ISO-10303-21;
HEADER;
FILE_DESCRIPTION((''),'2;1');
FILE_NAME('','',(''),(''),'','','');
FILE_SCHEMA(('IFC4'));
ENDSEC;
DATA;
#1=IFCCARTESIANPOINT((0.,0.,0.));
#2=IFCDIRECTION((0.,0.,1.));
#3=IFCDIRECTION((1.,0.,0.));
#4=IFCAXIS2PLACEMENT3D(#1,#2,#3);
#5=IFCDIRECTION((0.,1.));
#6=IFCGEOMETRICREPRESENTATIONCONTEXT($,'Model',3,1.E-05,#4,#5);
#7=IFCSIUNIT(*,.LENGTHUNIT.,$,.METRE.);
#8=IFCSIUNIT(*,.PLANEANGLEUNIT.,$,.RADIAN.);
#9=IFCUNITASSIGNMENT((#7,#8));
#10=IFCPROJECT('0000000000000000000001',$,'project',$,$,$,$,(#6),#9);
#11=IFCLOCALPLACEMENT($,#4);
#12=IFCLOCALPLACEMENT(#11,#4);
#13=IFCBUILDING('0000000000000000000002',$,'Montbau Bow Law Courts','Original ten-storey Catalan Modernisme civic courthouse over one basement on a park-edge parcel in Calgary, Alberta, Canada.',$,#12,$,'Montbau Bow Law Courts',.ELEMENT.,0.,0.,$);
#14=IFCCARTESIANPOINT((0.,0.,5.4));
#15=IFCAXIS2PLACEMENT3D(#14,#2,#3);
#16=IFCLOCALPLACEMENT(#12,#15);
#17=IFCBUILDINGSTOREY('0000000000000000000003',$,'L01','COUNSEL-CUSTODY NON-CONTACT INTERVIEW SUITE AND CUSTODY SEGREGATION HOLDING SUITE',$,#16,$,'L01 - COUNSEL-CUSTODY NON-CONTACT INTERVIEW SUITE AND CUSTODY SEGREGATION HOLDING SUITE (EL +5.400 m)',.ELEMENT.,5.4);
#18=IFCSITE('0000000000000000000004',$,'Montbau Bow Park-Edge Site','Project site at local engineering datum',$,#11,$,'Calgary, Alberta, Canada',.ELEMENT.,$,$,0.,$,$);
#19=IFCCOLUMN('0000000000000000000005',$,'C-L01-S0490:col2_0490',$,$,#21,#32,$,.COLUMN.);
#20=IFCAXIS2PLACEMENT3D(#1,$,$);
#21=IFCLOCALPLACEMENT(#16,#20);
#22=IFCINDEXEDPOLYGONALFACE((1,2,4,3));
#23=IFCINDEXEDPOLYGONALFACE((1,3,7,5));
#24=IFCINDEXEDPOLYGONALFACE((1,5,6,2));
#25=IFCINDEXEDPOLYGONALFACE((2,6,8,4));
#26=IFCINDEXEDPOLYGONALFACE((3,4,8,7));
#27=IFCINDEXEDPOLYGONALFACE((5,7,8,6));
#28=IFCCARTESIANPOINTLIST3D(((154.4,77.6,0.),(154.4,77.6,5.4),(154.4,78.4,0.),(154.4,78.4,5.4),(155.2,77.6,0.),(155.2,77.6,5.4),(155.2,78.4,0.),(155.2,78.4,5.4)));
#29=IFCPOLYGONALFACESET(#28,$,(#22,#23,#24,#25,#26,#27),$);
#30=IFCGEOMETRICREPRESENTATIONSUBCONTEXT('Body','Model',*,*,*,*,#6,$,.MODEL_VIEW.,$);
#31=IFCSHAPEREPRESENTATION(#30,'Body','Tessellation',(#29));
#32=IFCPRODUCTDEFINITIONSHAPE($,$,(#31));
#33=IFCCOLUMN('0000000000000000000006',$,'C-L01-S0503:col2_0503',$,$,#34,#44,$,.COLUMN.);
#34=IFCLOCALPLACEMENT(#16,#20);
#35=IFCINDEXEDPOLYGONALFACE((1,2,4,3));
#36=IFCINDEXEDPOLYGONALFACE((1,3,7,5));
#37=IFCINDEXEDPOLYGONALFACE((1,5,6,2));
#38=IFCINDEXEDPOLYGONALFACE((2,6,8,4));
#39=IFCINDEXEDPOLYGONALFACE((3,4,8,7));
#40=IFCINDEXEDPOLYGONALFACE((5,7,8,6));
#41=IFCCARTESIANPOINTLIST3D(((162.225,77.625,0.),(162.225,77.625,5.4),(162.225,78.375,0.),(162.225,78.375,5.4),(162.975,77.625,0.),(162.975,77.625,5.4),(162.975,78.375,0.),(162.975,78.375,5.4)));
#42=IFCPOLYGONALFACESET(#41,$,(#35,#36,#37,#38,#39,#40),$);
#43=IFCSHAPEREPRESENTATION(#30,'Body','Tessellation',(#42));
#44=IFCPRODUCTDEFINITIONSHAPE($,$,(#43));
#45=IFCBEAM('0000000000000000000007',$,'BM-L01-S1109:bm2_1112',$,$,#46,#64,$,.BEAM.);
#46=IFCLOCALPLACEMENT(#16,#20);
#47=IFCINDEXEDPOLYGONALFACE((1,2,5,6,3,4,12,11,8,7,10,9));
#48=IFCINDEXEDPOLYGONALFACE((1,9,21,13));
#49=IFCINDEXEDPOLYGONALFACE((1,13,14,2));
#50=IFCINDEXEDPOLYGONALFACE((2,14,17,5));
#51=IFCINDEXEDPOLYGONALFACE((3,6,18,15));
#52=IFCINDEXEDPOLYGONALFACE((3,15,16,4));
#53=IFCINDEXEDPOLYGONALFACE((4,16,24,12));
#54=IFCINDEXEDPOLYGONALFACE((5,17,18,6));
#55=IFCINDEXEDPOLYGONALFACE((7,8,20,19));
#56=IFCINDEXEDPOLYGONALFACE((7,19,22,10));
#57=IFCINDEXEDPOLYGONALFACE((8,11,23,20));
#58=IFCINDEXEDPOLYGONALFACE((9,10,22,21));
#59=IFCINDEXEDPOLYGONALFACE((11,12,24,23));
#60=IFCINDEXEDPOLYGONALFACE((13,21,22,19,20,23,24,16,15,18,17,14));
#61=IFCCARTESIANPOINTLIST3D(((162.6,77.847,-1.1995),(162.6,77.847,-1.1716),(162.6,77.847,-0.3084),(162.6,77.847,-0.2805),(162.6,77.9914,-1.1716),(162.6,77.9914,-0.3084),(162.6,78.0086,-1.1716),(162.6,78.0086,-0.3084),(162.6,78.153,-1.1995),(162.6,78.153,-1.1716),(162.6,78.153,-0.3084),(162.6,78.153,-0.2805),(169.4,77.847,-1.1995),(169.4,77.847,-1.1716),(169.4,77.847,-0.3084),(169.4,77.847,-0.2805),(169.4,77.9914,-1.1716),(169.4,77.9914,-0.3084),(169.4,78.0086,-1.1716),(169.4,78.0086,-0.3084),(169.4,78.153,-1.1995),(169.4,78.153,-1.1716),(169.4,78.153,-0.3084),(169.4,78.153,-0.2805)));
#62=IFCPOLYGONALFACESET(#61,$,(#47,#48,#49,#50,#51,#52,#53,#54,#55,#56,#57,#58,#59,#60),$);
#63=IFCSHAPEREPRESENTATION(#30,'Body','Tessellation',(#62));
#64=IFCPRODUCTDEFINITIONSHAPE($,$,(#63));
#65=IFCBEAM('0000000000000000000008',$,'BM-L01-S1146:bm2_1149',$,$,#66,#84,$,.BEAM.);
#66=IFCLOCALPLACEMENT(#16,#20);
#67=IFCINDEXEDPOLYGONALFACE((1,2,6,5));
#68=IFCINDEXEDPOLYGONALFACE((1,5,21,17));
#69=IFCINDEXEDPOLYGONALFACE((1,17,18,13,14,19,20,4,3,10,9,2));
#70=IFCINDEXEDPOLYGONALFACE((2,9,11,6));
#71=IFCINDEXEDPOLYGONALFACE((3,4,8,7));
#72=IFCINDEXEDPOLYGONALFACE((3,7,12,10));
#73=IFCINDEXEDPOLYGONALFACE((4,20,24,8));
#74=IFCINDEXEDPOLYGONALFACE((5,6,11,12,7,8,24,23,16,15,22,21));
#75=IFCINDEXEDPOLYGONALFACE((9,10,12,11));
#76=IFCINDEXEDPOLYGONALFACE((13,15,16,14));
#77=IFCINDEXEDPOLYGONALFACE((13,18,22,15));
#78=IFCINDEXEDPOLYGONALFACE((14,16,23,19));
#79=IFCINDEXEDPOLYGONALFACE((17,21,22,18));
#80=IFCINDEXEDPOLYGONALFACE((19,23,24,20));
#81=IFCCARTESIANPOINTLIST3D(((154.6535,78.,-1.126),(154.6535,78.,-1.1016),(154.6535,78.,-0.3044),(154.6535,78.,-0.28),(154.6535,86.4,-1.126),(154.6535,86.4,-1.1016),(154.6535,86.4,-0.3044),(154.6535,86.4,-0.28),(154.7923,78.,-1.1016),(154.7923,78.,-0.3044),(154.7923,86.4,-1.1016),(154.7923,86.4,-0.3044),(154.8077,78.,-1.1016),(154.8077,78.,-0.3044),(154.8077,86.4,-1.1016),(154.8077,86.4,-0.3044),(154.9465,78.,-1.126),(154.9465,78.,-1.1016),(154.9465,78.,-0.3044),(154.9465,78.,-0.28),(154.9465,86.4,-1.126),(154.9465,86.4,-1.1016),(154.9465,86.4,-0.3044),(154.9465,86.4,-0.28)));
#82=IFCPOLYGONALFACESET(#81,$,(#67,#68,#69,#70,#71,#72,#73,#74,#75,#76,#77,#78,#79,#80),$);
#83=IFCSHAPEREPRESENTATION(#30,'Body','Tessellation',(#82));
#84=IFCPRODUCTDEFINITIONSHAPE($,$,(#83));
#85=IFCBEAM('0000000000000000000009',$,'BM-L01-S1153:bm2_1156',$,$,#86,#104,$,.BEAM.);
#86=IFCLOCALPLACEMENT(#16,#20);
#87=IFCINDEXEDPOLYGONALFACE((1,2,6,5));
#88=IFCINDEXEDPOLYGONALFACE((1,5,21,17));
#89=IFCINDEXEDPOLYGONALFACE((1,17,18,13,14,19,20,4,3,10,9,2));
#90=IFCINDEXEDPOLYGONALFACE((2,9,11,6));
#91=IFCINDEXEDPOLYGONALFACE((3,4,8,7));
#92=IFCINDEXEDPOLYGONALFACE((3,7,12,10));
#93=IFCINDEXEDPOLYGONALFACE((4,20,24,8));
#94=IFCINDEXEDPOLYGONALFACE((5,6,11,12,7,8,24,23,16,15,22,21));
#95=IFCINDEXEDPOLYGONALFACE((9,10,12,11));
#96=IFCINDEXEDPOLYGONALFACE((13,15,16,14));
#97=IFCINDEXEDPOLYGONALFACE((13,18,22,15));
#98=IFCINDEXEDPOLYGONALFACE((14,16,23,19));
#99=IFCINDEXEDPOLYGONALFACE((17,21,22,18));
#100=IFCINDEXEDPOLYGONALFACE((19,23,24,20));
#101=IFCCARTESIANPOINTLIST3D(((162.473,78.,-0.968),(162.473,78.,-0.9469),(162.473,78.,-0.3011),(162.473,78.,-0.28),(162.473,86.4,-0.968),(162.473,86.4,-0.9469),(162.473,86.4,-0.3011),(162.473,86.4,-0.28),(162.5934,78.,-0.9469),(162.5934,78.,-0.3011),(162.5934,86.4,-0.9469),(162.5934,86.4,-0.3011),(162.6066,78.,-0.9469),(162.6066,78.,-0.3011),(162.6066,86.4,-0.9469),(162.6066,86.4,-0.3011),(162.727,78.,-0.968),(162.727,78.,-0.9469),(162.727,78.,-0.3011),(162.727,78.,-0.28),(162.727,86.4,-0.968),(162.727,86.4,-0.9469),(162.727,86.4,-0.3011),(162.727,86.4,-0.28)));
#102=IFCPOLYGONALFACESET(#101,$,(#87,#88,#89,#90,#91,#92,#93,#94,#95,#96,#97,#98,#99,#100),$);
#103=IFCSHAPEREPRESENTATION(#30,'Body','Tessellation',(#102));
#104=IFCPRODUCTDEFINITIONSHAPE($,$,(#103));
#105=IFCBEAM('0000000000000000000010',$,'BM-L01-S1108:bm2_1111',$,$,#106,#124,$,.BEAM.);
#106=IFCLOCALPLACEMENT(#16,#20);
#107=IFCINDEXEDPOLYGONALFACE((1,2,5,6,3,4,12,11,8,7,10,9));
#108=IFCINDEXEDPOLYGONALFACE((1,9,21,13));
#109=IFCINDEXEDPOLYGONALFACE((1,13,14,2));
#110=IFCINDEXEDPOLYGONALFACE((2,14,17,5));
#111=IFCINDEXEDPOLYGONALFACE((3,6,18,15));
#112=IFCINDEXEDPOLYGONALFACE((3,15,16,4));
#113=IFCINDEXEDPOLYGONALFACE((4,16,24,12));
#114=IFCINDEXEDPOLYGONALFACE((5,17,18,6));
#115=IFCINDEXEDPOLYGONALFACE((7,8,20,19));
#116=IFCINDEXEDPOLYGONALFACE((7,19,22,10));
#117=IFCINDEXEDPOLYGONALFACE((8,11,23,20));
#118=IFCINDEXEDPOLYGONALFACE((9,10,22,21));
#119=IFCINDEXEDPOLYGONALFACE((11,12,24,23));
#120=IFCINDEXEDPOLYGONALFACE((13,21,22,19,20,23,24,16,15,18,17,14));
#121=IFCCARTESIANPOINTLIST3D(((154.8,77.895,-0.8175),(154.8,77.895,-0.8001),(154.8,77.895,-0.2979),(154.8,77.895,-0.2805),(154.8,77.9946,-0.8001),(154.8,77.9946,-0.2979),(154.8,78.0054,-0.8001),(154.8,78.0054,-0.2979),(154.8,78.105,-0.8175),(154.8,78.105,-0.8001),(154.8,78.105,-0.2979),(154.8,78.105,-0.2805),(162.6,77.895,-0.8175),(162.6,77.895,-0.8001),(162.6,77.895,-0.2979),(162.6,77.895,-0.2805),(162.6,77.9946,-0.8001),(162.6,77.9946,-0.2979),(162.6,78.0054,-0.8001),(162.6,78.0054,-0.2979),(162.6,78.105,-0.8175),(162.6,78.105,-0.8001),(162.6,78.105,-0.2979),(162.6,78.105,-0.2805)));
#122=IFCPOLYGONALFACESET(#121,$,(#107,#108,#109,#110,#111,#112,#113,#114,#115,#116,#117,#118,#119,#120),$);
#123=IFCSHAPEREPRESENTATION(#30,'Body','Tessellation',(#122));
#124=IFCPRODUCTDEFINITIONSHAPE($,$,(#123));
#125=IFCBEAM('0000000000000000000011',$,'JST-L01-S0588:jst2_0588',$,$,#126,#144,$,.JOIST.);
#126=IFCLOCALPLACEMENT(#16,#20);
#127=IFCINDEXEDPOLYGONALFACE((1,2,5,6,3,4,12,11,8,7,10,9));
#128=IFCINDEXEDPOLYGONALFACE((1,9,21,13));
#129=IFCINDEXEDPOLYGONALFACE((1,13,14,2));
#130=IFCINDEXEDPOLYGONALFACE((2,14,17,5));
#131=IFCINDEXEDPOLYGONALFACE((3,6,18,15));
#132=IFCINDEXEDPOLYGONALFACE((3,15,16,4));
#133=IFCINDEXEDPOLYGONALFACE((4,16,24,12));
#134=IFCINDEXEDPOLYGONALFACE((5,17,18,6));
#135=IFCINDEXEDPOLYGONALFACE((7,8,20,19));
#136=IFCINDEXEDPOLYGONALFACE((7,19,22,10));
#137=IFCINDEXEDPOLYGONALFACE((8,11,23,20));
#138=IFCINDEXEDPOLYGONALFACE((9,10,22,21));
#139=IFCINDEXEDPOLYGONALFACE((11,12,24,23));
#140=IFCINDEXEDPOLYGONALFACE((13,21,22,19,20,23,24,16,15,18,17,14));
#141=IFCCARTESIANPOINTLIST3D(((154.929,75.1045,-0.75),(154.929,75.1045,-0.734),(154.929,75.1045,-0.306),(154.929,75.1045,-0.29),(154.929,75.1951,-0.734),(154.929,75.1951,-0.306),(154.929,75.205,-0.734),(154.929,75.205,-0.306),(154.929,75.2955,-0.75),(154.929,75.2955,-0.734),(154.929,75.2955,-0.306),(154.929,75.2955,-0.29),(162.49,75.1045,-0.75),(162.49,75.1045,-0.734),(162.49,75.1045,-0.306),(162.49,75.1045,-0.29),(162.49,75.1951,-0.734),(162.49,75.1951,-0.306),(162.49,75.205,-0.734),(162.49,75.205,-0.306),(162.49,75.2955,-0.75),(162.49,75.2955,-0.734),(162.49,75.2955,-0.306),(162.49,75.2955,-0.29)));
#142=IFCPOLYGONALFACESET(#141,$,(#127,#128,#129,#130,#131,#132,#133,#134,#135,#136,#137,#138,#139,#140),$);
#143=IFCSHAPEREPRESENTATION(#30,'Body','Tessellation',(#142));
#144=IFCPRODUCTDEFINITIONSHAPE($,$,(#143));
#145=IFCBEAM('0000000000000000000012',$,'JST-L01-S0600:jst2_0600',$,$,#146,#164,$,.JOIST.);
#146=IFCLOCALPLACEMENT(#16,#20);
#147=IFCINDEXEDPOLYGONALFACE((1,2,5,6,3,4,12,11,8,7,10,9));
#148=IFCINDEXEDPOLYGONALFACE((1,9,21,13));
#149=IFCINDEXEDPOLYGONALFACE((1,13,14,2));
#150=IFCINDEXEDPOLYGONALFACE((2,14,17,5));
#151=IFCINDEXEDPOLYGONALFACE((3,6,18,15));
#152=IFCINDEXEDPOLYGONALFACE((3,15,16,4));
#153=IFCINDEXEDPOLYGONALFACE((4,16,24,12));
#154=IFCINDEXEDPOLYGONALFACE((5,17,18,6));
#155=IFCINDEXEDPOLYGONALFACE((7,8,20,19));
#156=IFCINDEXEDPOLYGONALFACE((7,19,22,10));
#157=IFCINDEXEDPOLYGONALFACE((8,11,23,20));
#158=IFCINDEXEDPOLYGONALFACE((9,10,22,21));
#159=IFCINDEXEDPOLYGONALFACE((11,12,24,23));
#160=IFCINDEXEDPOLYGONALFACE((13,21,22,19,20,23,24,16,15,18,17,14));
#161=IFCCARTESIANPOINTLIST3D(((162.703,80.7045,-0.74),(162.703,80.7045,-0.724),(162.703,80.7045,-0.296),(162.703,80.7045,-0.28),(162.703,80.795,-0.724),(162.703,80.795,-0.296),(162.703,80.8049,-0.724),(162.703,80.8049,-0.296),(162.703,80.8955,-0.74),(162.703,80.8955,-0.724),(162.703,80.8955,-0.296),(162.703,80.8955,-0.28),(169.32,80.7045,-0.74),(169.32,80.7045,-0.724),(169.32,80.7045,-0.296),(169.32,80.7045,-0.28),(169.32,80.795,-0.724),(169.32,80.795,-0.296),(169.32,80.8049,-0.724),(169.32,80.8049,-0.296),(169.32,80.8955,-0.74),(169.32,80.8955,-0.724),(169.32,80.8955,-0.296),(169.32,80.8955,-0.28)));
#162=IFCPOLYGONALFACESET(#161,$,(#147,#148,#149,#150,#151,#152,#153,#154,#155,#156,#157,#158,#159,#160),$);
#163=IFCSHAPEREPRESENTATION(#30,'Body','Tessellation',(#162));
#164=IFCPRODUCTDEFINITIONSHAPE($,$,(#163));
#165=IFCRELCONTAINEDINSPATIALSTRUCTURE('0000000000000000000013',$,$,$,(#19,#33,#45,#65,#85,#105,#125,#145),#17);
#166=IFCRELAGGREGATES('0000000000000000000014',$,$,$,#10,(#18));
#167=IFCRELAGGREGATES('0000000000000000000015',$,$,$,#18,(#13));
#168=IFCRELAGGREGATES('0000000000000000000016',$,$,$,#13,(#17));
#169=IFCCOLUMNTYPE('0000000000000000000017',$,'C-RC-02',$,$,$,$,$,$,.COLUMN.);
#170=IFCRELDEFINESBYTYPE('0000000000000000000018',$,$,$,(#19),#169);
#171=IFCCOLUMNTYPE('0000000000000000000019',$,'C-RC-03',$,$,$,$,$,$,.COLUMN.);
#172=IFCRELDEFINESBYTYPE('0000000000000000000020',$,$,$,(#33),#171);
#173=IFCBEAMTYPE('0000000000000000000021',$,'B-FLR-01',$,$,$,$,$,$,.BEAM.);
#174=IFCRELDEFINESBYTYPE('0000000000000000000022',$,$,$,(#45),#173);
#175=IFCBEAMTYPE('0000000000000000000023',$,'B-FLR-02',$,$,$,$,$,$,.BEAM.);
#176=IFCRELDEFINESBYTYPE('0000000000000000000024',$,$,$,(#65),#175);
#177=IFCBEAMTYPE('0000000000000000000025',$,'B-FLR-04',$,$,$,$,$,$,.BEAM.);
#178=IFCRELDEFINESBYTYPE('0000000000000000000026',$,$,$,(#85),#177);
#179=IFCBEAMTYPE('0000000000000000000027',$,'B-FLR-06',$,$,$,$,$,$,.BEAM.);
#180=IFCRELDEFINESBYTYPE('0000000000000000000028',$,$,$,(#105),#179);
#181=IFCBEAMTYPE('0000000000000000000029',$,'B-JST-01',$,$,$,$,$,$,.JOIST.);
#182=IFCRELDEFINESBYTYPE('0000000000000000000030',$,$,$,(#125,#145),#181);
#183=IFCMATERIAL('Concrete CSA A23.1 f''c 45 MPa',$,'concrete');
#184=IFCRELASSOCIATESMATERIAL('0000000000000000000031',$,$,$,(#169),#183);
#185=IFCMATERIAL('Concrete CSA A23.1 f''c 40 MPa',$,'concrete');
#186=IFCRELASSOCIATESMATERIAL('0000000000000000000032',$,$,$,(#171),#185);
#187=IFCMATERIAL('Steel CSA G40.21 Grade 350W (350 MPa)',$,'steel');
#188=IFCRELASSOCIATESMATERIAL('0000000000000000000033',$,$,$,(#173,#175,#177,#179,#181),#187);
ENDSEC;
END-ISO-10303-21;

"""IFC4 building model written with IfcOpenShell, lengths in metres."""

from ifc_helpers import new_model, si_unit, direction, frame, origin_with_axes, origin_2d_with_axis, place, context, subcontext, project, spatial, rectangle, i_section, extrude, material, material_profile, profile_set, type_object, element, save


model = new_model("IFC4")

# Units and contexts
model_context = context("Model", 3, precision=1e-05, world=origin_with_axes(), true_north=direction((0.0, 1.0)))
body_context = subcontext(model_context, "Body", "Model", "MODEL_VIEW")
ifc_project = project(units=[si_unit("LENGTHUNIT", "METRE"), si_unit("PLANEANGLEUNIT", "RADIAN")], contexts=[model_context])

# Site, building, storey
site_placement = place(None, origin_with_axes())
site = spatial("IfcSite", under=ifc_project, at=site_placement, Name="Montbau Bow Park-Edge Site", Description="Project site at local engineering datum", LongName="Calgary, Alberta, Canada", CompositionType="ELEMENT", RefElevation=0.0)
building_placement = place(site_placement, origin_with_axes())
building = spatial("IfcBuilding", under=site, at=building_placement, Name="Montbau Bow Law Courts", Description="Original ten-storey Catalan Modernisme civic courthouse over one basement on a park-edge parcel in Calgary, Alberta, Canada.", LongName="Montbau Bow Law Courts", CompositionType="ELEMENT", ElevationOfRefHeight=0.0, ElevationOfTerrain=0.0)
storey_placement = place(building_placement, frame((0.0, 0.0, 5.4), z_axis=(0.0, 0.0, 1.0), x_axis=(1.0, 0.0, 0.0)))
storey = spatial("IfcBuildingStorey", under=building, at=storey_placement, Name="L01", Description="COUNSEL-CUSTODY NON-CONTACT INTERVIEW SUITE AND CUSTODY SEGREGATION HOLDING SUITE", LongName="L01 - COUNSEL-CUSTODY NON-CONTACT INTERVIEW SUITE AND CUSTODY SEGREGATION HOLDING SUITE (EL +5.400 m)", CompositionType="ELEMENT", Elevation=5.4)

# Columns
ifc_material_1 = material(Name="Concrete CSA A23.1 f'c 45 MPa", Category="concrete")
ifc_material_profile_1 = material_profile(ifc_material_1, rectangle(XDim=0.8, YDim=0.8, at=origin_2d_with_axis()), Name="RC800X800", Category="Main", Priority=0)
ifc_profile_set_1 = profile_set([ifc_material_profile_1], Name="Concrete CSA A23.1 f'c 45 MPa")
column_type_1 = type_object("IfcColumnType", Name="C-RC-02", PredefinedType="COLUMN", material=ifc_profile_set_1)
column_1_placement = place(None, frame((154.8, 78.0, 5.4), z_axis=(0.0, 0.0, 1.0), x_axis=(1.0, 0.0, 0.0)))
element("IfcColumn", 1, at=column_1_placement, inside=storey, type_object=column_type_1, Name="C-L01-S0490:col2_0490", PredefinedType="COLUMN", context=body_context, shape_type="SweptSolid", body=[
    extrude(rectangle(XDim=0.8, YDim=0.8, at=origin_2d_with_axis()), origin_with_axes(), (0.0, 0.0, 1.0), 5.4),
])
ifc_material_2 = material(Name="Concrete CSA A23.1 f'c 40 MPa", Category="concrete")
ifc_material_profile_2 = material_profile(ifc_material_2, rectangle(XDim=0.75, YDim=0.75, at=origin_2d_with_axis()), Name="RC750X750", Category="Main", Priority=0)
ifc_profile_set_2 = profile_set([ifc_material_profile_2], Name="Concrete CSA A23.1 f'c 40 MPa")
column_type_2 = type_object("IfcColumnType", Name="C-RC-03", PredefinedType="COLUMN", material=ifc_profile_set_2)
column_2_placement = place(None, frame((162.6, 78.0, 5.4), z_axis=(0.0, 0.0, 1.0), x_axis=(1.0, 0.0, 0.0)))
element("IfcColumn", 2, at=column_2_placement, inside=storey, type_object=column_type_2, Name="C-L01-S0503:col2_0503", PredefinedType="COLUMN", context=body_context, shape_type="SweptSolid", body=[
    extrude(rectangle(XDim=0.75, YDim=0.75, at=origin_2d_with_axis()), origin_with_axes(), (0.0, 0.0, 1.0), 5.4),
])

# Beams
ifc_material_3 = material(Name="Steel CSA G40.21 Grade 350W (350 MPa)", Category="steel")
ifc_material_profile_3 = material_profile(ifc_material_3, i_section(OverallWidth=0.306, OverallDepth=0.919, WebThickness=0.0173, FlangeThickness=0.0279, at=origin_2d_with_axis()), Name="W920X253", Category="Main", Priority=0)
ifc_profile_set_3 = profile_set([ifc_material_profile_3], Name="Steel CSA G40.21 Grade 350W (350 MPa)")
beam_type_1 = type_object("IfcBeamType", Name="B-FLR-01", PredefinedType="BEAM", material=ifc_profile_set_3)
beam_1_placement = place(None, frame((162.6, 78.0, 4.66), z_axis=(1.0, 0.0, 0.0), x_axis=(0.0, 1.0, 0.0)))
element("IfcBeam", 3, at=beam_1_placement, inside=storey, type_object=beam_type_1, Name="BM-L01-S1109:bm2_1112", PredefinedType="BEAM", context=body_context, shape_type="SweptSolid", body=[
    extrude(i_section(OverallWidth=0.306, OverallDepth=0.919, WebThickness=0.0173, FlangeThickness=0.0279, at=origin_2d_with_axis()), origin_with_axes(), (0.0, 0.0, 1.0), 6.8),
])
ifc_material_profile_4 = material_profile(ifc_material_3, i_section(OverallWidth=0.293, OverallDepth=0.846, WebThickness=0.0154, FlangeThickness=0.0244, at=origin_2d_with_axis()), Name="W840X210", Category="Main", Priority=0)
ifc_profile_set_4 = profile_set([ifc_material_profile_4], Name="Steel CSA G40.21 Grade 350W (350 MPa)")
beam_type_2 = type_object("IfcBeamType", Name="B-FLR-02", PredefinedType="BEAM", material=ifc_profile_set_4)
beam_2_placement = place(None, frame((154.8, 78.0, 4.697), z_axis=(0.0, 1.0, 0.0), x_axis=(-1.0, 0.0, 0.0)))
element("IfcBeam", 4, at=beam_2_placement, inside=storey, type_object=beam_type_2, Name="BM-L01-S1146:bm2_1149", PredefinedType="BEAM", context=body_context, shape_type="SweptSolid", body=[
    extrude(i_section(OverallWidth=0.293, OverallDepth=0.846, WebThickness=0.0154, FlangeThickness=0.0244, at=origin_2d_with_axis()), origin_with_axes(), (0.0, 0.0, 1.0), 8.4),
])
ifc_material_profile_5 = material_profile(ifc_material_3, i_section(OverallWidth=0.254, OverallDepth=0.688, WebThickness=0.0131, FlangeThickness=0.0211, at=origin_2d_with_axis()), Name="W690X152", Category="Main", Priority=0)
ifc_profile_set_5 = profile_set([ifc_material_profile_5], Name="Steel CSA G40.21 Grade 350W (350 MPa)")
beam_type_3 = type_object("IfcBeamType", Name="B-FLR-04", PredefinedType="BEAM", material=ifc_profile_set_5)
beam_3_placement = place(None, frame((162.6, 78.0, 4.776), z_axis=(0.0, 1.0, 0.0), x_axis=(-1.0, 0.0, 0.0)))
element("IfcBeam", 5, at=beam_3_placement, inside=storey, type_object=beam_type_3, Name="BM-L01-S1153:bm2_1156", PredefinedType="BEAM", context=body_context, shape_type="SweptSolid", body=[
    extrude(i_section(OverallWidth=0.254, OverallDepth=0.688, WebThickness=0.0131, FlangeThickness=0.0211, at=origin_2d_with_axis()), origin_with_axes(), (0.0, 0.0, 1.0), 8.4),
])
ifc_material_profile_6 = material_profile(ifc_material_3, i_section(OverallWidth=0.21, OverallDepth=0.537, WebThickness=0.0109, FlangeThickness=0.0174, at=origin_2d_with_axis()), Name="W530X101", Category="Main", Priority=0)
ifc_profile_set_6 = profile_set([ifc_material_profile_6], Name="Steel CSA G40.21 Grade 350W (350 MPa)")
beam_type_4 = type_object("IfcBeamType", Name="B-FLR-06", PredefinedType="BEAM", material=ifc_profile_set_6)
beam_4_placement = place(None, frame((154.8, 78.0, 4.851), z_axis=(1.0, 0.0, 0.0), x_axis=(0.0, 1.0, 0.0)))
element("IfcBeam", 6, at=beam_4_placement, inside=storey, type_object=beam_type_4, Name="BM-L01-S1108:bm2_1111", PredefinedType="BEAM", context=body_context, shape_type="SweptSolid", body=[
    extrude(i_section(OverallWidth=0.21, OverallDepth=0.537, WebThickness=0.0109, FlangeThickness=0.0174, at=origin_2d_with_axis()), origin_with_axes(), (0.0, 0.0, 1.0), 7.8),
])
ifc_material_profile_7 = material_profile(ifc_material_3, i_section(OverallWidth=0.191, OverallDepth=0.46, WebThickness=0.0099, FlangeThickness=0.016, at=origin_2d_with_axis()), Name="W460X82", Category="Main", Priority=0)
ifc_profile_set_7 = profile_set([ifc_material_profile_7], Name="Steel CSA G40.21 Grade 350W (350 MPa)")
beam_type_5 = type_object("IfcBeamType", Name="B-JST-01", PredefinedType="JOIST", material=ifc_profile_set_7)
beam_5_placement = place(None, frame((154.929, 75.2, 4.88), z_axis=(1.0, 0.0, 0.0), x_axis=(0.0, 1.0, 0.0)))
element("IfcBeam", 7, at=beam_5_placement, inside=storey, type_object=beam_type_5, Name="JST-L01-S0588:jst2_0588", PredefinedType="JOIST", context=body_context, shape_type="SweptSolid", body=[
    extrude(i_section(OverallWidth=0.191, OverallDepth=0.46, WebThickness=0.0099, FlangeThickness=0.016, at=origin_2d_with_axis()), origin_with_axes(), (0.0, 0.0, 1.0), 7.561),
])
beam_6_placement = place(None, frame((162.703, 80.8, 4.89), z_axis=(1.0, 0.0, 0.0), x_axis=(0.0, 1.0, 0.0)))
element("IfcBeam", 8, at=beam_6_placement, inside=storey, type_object=beam_type_5, Name="JST-L01-S0600:jst2_0600", PredefinedType="JOIST", context=body_context, shape_type="SweptSolid", body=[
    extrude(i_section(OverallWidth=0.191, OverallDepth=0.46, WebThickness=0.0099, FlangeThickness=0.016, at=origin_2d_with_axis()), origin_with_axes(), (0.0, 0.0, 1.0), 6.617),
])

save(model, "model.ifc")
